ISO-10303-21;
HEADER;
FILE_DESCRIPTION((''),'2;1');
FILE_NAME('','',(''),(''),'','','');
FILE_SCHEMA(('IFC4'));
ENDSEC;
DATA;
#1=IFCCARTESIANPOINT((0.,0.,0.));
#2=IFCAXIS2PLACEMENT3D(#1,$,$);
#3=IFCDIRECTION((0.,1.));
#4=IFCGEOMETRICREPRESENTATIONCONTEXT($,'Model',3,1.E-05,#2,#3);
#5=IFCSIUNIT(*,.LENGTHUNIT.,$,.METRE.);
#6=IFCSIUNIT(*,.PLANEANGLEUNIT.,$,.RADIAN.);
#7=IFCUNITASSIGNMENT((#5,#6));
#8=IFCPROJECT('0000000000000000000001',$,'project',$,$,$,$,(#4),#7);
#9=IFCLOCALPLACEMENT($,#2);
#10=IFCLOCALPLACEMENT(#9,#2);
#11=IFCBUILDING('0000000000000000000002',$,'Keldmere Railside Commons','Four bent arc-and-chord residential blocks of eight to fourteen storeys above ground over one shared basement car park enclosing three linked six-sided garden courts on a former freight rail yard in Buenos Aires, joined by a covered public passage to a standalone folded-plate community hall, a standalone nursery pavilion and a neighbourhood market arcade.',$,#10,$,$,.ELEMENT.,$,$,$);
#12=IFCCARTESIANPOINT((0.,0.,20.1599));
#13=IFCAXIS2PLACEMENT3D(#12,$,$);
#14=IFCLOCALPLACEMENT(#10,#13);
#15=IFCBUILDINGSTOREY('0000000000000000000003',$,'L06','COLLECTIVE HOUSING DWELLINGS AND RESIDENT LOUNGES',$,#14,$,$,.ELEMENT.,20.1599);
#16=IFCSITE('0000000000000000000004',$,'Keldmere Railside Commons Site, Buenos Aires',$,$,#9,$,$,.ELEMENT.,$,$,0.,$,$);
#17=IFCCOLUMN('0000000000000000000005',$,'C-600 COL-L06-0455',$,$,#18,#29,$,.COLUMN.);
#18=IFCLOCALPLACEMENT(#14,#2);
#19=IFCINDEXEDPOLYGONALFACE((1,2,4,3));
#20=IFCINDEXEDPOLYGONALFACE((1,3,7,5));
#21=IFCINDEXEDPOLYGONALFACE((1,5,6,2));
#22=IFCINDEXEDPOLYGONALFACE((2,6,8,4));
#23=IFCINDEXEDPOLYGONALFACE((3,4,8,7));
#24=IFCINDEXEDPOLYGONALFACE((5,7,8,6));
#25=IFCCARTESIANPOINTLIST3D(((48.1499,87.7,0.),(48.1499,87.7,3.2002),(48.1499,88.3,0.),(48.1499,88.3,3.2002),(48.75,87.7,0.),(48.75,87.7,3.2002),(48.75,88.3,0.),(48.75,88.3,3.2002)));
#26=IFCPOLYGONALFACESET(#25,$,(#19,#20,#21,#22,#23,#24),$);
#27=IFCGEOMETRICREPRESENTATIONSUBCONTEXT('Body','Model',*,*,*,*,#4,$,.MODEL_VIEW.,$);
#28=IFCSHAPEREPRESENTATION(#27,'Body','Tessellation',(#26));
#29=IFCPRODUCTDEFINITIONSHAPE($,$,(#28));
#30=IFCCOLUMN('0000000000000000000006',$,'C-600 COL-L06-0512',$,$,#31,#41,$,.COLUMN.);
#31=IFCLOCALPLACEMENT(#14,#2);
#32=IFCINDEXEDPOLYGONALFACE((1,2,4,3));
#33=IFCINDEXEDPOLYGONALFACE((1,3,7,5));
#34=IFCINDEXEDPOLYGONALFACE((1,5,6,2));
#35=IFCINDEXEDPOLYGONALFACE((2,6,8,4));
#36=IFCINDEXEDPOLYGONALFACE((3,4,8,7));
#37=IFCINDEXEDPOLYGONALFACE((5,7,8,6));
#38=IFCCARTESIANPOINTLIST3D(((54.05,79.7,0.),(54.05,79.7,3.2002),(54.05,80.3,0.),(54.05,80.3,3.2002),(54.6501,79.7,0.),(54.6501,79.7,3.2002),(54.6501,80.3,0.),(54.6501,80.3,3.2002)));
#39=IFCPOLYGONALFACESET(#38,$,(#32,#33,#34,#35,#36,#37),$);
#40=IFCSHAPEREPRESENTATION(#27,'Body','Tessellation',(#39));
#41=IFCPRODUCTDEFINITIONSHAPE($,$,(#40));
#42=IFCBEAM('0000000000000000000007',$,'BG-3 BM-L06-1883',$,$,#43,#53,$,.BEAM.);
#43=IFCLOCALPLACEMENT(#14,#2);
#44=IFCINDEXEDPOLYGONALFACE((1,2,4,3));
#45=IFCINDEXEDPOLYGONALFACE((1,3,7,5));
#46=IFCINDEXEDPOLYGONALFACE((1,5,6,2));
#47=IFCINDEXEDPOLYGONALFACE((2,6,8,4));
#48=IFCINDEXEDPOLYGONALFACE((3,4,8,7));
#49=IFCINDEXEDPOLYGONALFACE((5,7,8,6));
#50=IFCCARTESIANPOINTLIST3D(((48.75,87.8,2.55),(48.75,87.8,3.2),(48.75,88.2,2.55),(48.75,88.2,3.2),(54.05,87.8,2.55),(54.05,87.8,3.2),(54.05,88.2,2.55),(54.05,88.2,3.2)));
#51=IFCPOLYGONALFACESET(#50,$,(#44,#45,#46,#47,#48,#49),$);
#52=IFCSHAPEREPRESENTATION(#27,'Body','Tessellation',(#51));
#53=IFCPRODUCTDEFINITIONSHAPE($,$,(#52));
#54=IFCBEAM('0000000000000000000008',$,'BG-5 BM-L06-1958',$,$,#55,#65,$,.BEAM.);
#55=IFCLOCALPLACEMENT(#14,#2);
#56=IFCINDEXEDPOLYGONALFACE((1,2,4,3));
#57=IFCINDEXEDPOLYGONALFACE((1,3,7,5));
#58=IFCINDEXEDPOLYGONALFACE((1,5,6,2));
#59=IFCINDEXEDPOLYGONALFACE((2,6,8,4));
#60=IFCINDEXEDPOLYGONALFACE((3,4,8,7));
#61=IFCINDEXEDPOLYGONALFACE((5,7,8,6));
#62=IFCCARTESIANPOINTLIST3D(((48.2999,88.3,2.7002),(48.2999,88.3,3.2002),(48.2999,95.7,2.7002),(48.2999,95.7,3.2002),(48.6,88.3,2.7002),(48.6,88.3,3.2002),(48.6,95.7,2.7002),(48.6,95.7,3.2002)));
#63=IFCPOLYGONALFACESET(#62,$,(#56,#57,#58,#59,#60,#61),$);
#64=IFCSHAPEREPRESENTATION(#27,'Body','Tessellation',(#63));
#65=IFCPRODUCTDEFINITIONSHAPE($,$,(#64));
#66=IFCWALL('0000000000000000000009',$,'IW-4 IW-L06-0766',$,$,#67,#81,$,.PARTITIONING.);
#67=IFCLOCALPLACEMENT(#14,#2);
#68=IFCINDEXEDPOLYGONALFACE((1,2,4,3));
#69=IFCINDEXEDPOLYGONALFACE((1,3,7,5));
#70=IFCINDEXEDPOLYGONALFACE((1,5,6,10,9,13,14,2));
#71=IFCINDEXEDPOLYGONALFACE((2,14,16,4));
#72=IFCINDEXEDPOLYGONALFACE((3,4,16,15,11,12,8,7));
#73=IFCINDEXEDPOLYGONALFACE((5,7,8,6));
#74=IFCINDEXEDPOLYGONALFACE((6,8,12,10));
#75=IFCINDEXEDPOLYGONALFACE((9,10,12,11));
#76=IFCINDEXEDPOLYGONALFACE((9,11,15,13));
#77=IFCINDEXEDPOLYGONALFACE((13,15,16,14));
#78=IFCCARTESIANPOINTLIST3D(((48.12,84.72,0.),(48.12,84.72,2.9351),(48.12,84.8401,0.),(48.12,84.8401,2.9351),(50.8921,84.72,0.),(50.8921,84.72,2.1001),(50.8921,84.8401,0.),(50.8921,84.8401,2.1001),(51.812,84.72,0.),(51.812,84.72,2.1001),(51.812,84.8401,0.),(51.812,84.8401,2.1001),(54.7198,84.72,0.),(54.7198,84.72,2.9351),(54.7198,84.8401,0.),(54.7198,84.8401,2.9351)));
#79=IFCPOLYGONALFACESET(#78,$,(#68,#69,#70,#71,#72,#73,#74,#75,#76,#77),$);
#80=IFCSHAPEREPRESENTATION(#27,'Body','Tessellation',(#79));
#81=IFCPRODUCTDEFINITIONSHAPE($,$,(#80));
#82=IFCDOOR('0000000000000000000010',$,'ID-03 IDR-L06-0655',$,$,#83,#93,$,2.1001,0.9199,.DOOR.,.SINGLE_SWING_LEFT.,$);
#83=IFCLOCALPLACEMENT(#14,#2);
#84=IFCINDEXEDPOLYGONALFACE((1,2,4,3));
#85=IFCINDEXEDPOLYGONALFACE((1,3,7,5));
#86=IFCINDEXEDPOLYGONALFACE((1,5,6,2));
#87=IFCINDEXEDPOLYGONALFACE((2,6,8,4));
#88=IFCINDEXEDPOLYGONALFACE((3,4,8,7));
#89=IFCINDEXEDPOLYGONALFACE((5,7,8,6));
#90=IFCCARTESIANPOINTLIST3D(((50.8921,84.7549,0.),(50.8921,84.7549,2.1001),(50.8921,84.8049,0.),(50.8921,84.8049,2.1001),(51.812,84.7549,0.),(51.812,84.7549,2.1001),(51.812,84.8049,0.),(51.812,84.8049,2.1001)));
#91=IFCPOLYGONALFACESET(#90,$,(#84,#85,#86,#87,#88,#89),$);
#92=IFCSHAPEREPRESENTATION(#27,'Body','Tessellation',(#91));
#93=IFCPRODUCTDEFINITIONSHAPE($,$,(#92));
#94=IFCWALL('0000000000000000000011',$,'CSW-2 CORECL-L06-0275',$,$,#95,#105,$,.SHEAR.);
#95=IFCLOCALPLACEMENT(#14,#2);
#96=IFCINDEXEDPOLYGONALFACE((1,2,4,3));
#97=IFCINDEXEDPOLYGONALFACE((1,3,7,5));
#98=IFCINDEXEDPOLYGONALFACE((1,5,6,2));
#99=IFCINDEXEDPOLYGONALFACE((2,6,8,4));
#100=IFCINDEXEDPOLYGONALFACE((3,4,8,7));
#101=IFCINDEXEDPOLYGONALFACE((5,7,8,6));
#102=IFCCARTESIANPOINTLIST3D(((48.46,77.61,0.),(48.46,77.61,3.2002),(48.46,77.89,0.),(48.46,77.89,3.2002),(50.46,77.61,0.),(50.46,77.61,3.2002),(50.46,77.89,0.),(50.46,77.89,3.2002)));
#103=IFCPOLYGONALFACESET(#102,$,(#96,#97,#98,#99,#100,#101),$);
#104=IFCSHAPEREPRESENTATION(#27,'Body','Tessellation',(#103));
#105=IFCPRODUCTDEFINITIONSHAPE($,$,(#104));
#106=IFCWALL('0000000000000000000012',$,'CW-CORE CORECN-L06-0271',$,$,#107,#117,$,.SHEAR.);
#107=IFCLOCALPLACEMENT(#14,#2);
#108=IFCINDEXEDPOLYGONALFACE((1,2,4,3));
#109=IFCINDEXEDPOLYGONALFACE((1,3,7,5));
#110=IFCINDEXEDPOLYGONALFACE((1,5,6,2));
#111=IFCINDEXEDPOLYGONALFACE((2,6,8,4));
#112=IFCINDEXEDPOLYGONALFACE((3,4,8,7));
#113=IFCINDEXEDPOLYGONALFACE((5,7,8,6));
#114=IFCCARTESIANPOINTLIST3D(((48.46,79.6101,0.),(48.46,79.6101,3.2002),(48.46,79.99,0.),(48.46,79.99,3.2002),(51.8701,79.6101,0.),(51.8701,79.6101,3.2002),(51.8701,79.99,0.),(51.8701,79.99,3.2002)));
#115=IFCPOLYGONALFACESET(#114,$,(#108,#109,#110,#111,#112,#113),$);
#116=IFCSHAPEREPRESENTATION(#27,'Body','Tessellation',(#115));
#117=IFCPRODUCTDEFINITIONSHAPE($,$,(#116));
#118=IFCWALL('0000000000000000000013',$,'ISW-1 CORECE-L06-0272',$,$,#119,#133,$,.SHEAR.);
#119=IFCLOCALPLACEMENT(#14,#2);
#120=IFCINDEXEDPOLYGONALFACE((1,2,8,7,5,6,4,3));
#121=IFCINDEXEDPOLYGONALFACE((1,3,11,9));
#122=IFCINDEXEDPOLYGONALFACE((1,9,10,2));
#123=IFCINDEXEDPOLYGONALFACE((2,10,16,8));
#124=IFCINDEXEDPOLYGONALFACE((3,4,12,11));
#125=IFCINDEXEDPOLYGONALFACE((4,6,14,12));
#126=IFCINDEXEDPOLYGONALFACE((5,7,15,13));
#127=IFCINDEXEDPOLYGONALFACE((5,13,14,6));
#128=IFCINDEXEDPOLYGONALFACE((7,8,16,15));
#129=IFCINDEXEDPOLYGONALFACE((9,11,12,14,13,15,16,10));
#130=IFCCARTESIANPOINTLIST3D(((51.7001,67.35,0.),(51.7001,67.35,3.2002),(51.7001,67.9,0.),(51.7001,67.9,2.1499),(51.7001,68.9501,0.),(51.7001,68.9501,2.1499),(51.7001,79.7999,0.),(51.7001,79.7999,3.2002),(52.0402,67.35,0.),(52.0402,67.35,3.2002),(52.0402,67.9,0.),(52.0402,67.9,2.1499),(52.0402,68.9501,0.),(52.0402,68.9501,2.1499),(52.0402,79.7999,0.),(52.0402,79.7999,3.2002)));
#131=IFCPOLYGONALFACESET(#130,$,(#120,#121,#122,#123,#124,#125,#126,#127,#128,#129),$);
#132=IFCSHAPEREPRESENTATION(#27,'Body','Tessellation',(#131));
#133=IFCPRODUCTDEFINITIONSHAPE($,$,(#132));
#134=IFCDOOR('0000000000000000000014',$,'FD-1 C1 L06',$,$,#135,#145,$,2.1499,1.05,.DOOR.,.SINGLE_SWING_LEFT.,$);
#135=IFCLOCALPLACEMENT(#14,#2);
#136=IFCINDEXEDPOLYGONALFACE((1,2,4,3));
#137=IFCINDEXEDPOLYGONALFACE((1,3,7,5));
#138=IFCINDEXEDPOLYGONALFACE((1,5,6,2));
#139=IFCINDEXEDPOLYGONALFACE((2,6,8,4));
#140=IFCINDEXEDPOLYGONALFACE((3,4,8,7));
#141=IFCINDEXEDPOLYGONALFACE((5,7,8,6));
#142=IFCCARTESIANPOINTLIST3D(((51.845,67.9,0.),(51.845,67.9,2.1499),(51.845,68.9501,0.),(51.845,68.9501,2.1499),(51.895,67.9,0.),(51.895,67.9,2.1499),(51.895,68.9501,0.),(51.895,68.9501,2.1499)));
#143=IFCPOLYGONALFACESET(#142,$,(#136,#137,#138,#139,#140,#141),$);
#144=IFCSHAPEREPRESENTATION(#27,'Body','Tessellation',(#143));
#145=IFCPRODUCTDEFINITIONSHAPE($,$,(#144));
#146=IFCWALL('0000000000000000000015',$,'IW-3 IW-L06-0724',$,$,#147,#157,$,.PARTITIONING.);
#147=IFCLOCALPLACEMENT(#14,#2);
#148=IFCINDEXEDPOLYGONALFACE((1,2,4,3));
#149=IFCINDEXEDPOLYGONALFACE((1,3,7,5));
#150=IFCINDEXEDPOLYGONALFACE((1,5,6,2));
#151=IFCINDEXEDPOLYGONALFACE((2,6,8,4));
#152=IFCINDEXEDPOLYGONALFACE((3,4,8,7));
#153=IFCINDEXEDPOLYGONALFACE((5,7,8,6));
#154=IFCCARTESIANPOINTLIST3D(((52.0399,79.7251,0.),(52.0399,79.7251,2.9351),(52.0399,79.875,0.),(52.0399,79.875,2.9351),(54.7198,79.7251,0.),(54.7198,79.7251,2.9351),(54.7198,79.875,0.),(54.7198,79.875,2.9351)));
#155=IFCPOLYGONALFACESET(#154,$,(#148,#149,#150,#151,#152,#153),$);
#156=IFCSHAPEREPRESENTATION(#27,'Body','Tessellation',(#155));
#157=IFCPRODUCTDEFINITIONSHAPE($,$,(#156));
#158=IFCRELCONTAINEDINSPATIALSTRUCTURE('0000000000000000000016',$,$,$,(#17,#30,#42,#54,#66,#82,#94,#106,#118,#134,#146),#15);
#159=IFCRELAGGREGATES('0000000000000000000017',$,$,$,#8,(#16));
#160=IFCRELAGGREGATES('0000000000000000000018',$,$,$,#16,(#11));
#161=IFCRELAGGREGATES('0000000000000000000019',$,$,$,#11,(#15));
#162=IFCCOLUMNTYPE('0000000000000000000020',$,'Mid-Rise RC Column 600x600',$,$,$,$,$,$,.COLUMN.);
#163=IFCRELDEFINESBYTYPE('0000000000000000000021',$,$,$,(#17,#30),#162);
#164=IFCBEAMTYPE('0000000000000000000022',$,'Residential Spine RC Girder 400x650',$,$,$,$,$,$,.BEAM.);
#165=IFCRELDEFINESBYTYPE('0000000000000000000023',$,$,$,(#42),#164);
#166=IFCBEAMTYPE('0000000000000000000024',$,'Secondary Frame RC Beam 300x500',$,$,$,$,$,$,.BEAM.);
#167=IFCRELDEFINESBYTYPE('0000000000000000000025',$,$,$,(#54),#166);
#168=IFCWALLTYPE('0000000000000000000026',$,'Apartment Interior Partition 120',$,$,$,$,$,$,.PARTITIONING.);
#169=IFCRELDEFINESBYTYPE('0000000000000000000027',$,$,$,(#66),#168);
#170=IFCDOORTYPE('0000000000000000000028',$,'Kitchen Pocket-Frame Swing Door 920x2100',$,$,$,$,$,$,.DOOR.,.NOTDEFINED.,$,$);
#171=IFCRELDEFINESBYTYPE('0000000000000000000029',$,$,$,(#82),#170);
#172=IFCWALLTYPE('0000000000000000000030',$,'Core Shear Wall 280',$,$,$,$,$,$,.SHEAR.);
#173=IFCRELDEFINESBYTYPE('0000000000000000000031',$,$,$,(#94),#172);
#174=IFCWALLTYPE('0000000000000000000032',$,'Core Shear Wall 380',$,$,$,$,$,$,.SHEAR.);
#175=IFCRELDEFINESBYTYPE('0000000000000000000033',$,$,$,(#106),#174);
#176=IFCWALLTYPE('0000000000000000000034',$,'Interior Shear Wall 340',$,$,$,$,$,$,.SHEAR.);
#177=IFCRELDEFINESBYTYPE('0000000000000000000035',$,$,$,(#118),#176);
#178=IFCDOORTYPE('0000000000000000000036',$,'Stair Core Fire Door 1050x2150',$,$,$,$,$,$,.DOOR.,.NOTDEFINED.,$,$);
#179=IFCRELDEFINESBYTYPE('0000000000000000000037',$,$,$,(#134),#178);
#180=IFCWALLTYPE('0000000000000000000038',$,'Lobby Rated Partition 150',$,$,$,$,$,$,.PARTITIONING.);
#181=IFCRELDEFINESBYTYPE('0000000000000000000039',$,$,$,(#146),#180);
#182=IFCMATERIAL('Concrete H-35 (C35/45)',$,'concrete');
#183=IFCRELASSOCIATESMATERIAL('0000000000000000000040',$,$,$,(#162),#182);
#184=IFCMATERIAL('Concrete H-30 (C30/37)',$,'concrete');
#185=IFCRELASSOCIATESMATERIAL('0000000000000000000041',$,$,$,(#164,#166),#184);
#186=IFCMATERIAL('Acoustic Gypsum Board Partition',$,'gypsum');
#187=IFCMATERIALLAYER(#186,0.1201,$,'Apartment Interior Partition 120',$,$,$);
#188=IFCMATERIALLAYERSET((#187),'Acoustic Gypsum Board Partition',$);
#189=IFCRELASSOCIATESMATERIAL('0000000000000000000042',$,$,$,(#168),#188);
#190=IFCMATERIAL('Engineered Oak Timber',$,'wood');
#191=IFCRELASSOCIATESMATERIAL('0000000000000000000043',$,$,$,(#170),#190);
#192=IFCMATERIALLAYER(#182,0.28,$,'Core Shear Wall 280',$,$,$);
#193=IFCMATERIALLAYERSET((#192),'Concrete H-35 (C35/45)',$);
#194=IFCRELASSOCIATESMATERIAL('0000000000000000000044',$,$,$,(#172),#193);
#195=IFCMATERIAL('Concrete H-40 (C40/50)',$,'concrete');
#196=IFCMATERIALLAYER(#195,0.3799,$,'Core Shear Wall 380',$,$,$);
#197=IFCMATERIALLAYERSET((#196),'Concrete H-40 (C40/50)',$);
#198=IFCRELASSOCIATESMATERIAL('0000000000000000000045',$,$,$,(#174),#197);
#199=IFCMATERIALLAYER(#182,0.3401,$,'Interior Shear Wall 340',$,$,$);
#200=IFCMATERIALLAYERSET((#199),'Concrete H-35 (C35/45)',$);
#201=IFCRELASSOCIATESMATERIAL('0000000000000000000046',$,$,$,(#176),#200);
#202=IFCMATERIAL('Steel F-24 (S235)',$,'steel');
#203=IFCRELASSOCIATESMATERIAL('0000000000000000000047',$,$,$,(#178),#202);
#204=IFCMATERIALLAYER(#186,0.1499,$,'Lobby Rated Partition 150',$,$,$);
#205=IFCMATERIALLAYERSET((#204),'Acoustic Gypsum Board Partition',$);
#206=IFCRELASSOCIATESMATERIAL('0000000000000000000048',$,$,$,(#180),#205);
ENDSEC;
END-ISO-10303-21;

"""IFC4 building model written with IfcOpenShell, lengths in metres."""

from ifc_helpers import new_model, si_unit, direction, frame, frame_2d, origin, origin_2d, place, context, subcontext, project, spatial, rectangle, extrude, material, layer, layer_set, material_profile, profile_set, type_object, element, fill, save


model = new_model("IFC4")

# Units and contexts
model_context = context("Model", 3, precision=1e-05, world=origin(), true_north=direction((0.0, 1.0)))
body_context = subcontext(model_context, "Body", "Model", "MODEL_VIEW")
ifc_project = project(units=[si_unit("LENGTHUNIT", "METRE"), si_unit("PLANEANGLEUNIT", "RADIAN")], contexts=[model_context])

# Site, building, storey
site_placement = place(None, origin())
site = spatial("IfcSite", under=ifc_project, at=site_placement, Name="Keldmere Railside Commons Site, Buenos Aires", CompositionType="ELEMENT", RefElevation=0.0)
building_placement = place(site_placement, origin())
building = spatial("IfcBuilding", under=site, at=building_placement, Name="Keldmere Railside Commons", Description="Four bent arc-and-chord residential blocks of eight to fourteen storeys above ground over one shared basement car park enclosing three linked six-sided garden courts on a former freight rail yard in Buenos Aires, joined by a covered public passage to a standalone folded-plate community hall, a standalone nursery pavilion and a neighbourhood market arcade.", CompositionType="ELEMENT")
storey_placement = place(building_placement, frame((0.0, 0.0, 20.1599)))
storey = spatial("IfcBuildingStorey", under=building, at=storey_placement, Name="L06", Description="COLLECTIVE HOUSING DWELLINGS AND RESIDENT LOUNGES", CompositionType="ELEMENT", Elevation=20.1599)

# Columns
ifc_material_1 = material(Name="Concrete H-35 (C35/45)", Category="concrete")
ifc_material_profile_1 = material_profile(ifc_material_1, rectangle(XDim=0.6001, YDim=0.6001, at=origin_2d()), Name="RC-600x600")
ifc_profile_set_1 = profile_set([ifc_material_profile_1], Name="Concrete H-35 (C35/45)")
column_type = type_object("IfcColumnType", Name="Mid-Rise RC Column 600x600", PredefinedType="COLUMN", material=ifc_profile_set_1)
for number, where, z_axis, x_axis, name in (
    (1, (48.45, 88.0, 0.0), (0.0, 0.0, 1.0), (1.0, 0.0, 0.0), "C-600 COL-L06-0455"),
    (2, (54.3501, 80.0, 0.0), (0.0, 0.0, 1.0), (1.0, 0.0, 0.0), "C-600 COL-L06-0512"),
):
    element("IfcColumn", number, at=place(storey_placement, frame(where, z_axis=z_axis, x_axis=x_axis)), inside=storey, type_object=column_type, Name=name, PredefinedType="COLUMN", context=body_context, shape_type="SweptSolid", body=[
        extrude(rectangle(XDim=0.6001, YDim=0.6001, at=origin_2d()), origin(), (0.0, 0.0, 1.0), 3.2002),
    ])

# Beams
ifc_material_2 = material(Name="Concrete H-30 (C30/37)", Category="concrete")
ifc_material_profile_2 = material_profile(ifc_material_2, rectangle(XDim=0.3999, YDim=0.6499, at=origin_2d()), Name="RC-400x650")
ifc_profile_set_2 = profile_set([ifc_material_profile_2], Name="Concrete H-30 (C30/37)")
beam_type_1 = type_object("IfcBeamType", Name="Residential Spine RC Girder 400x650", PredefinedType="BEAM", material=ifc_profile_set_2)
beam_1_placement = place(storey_placement, frame((48.75, 88.0, 2.875), z_axis=(1.0, 0.0, 0.0), x_axis=(0.0, 1.0, 0.0)))
element("IfcBeam", 3, at=beam_1_placement, inside=storey, type_object=beam_type_1, Name="BG-3 BM-L06-1883", PredefinedType="BEAM", context=body_context, shape_type="SweptSolid", body=[
    extrude(rectangle(XDim=0.3999, YDim=0.6499, at=origin_2d()), origin(), (0.0, 0.0, 1.0), 5.3),
])
ifc_material_profile_3 = material_profile(ifc_material_2, rectangle(XDim=0.3, YDim=0.5, at=origin_2d()), Name="RC-300x500")
ifc_profile_set_3 = profile_set([ifc_material_profile_3], Name="Concrete H-30 (C30/37)")
beam_type_2 = type_object("IfcBeamType", Name="Secondary Frame RC Beam 300x500", PredefinedType="BEAM", material=ifc_profile_set_3)
beam_2_placement = place(storey_placement, frame((48.45, 88.3, 2.9502), z_axis=(0.0, 1.0, 0.0), x_axis=(-1.0, 0.0, 0.0)))
element("IfcBeam", 4, at=beam_2_placement, inside=storey, type_object=beam_type_2, Name="BG-5 BM-L06-1958", PredefinedType="BEAM", context=body_context, shape_type="SweptSolid", body=[
    extrude(rectangle(XDim=0.3, YDim=0.5, at=origin_2d()), origin(), (0.0, 0.0, 1.0), 7.3999),
])

# Wall, opening, door
ifc_material_3 = material(Name="Acoustic Gypsum Board Partition", Category="gypsum")
ifc_layer_1 = layer(ifc_material_3, 0.1201, Name="Apartment Interior Partition 120")
ifc_layer_set_1 = layer_set([ifc_layer_1], Name="Acoustic Gypsum Board Partition")
wall_type_1 = type_object("IfcWallType", Name="Apartment Interior Partition 120", PredefinedType="PARTITIONING", material=ifc_layer_set_1)
wall_1_placement = place(storey_placement, frame((48.1201, 84.78, 0.0), z_axis=(0.0, 0.0, 1.0), x_axis=(1.0, 0.0, 0.0)))
wall_1 = element("IfcWall", 5, at=wall_1_placement, inside=storey, type_object=wall_type_1, Name="IW-4 IW-L06-0766", PredefinedType="PARTITIONING", context=body_context, shape_type="SweptSolid", body=[
    extrude(rectangle(XDim=6.5999, YDim=0.1201, at=frame_2d((3.2998, 0.0))), origin(), (0.0, 0.0, 1.0), 2.9351),
])
opening_1_placement = place(wall_1_placement, frame((2.772, 0.0, 0.0)))
opening_1 = element("IfcOpeningElement", 6, at=opening_1_placement, cuts=wall_1, PredefinedType="OPENING", context=body_context, shape_type="SweptSolid", body=[
    extrude(rectangle(XDim=0.9199, YDim=2.1001, at=frame_2d((0.46, 1.05))), frame((0.0, 0.0701, 0.0), z_axis=(0.0, -1.0, 0.0), x_axis=(1.0, 0.0, 0.0)), (0.0, 0.0, 1.0), 0.1401),
])
ifc_material_4 = material(Name="Engineered Oak Timber", Category="wood")
door_type_1 = type_object("IfcDoorType", Name="Kitchen Pocket-Frame Swing Door 920x2100", OperationType="NOTDEFINED", PredefinedType="DOOR", material=ifc_material_4)
door_1_placement = place(opening_1_placement, origin())
door_1 = element("IfcDoor", 7, at=door_1_placement, inside=storey, type_object=door_type_1, Name="ID-03 IDR-L06-0655", OperationType="SINGLE_SWING_LEFT", OverallHeight=2.1001, OverallWidth=0.9199, PredefinedType="DOOR", context=body_context, shape_type="SweptSolid", body=[
    extrude(rectangle(XDim=0.9199, YDim=2.1001, at=frame_2d((0.46, 1.05))), frame((0.0, 0.0249, 0.0), z_axis=(0.0, -1.0, 0.0), x_axis=(1.0, 0.0, 0.0)), (0.0, 0.0, 1.0), 0.05),
])
fill(opening_1, door_1)

# Walls
ifc_layer_2 = layer(ifc_material_1, 0.28, Name="Core Shear Wall 280")
ifc_layer_set_2 = layer_set([ifc_layer_2], Name="Concrete H-35 (C35/45)")
wall_type_2 = type_object("IfcWallType", Name="Core Shear Wall 280", PredefinedType="SHEAR", material=ifc_layer_set_2)
wall_2_placement = place(storey_placement, frame((48.46, 77.75, 0.0), z_axis=(0.0, 0.0, 1.0), x_axis=(1.0, 0.0, 0.0)))
element("IfcWall", 8, at=wall_2_placement, inside=storey, type_object=wall_type_2, Name="CSW-2 CORECL-L06-0275", PredefinedType="SHEAR", context=body_context, shape_type="SweptSolid", body=[
    extrude(rectangle(XDim=2.0, YDim=0.28, at=frame_2d((1.0, 0.0))), origin(), (0.0, 0.0, 1.0), 3.2002),
])
ifc_material_5 = material(Name="Concrete H-40 (C40/50)", Category="concrete")
ifc_layer_3 = layer(ifc_material_5, 0.3799, Name="Core Shear Wall 380")
ifc_layer_set_3 = layer_set([ifc_layer_3], Name="Concrete H-40 (C40/50)")
wall_type_3 = type_object("IfcWallType", Name="Core Shear Wall 380", PredefinedType="SHEAR", material=ifc_layer_set_3)
wall_3_placement = place(storey_placement, frame((48.46, 79.8, 0.0), z_axis=(0.0, 0.0, 1.0), x_axis=(1.0, 0.0, 0.0)))
element("IfcWall", 9, at=wall_3_placement, inside=storey, type_object=wall_type_3, Name="CW-CORE CORECN-L06-0271", PredefinedType="SHEAR", context=body_context, shape_type="SweptSolid", body=[
    extrude(rectangle(XDim=3.4102, YDim=0.3799, at=frame_2d((1.7051, 0.0))), origin(), (0.0, 0.0, 1.0), 3.2002),
])

# Wall, opening, door
ifc_layer_4 = layer(ifc_material_1, 0.3401, Name="Interior Shear Wall 340")
ifc_layer_set_4 = layer_set([ifc_layer_4], Name="Concrete H-35 (C35/45)")
wall_type_4 = type_object("IfcWallType", Name="Interior Shear Wall 340", PredefinedType="SHEAR", material=ifc_layer_set_4)
wall_4_placement = place(storey_placement, frame((51.8701, 79.8, 0.0), z_axis=(0.0, 0.0, 1.0), x_axis=(0.0, -1.0, 0.0)))
wall_4 = element("IfcWall", 10, at=wall_4_placement, inside=storey, type_object=wall_type_4, Name="ISW-1 CORECE-L06-0272", PredefinedType="SHEAR", context=body_context, shape_type="SweptSolid", body=[
    extrude(rectangle(XDim=12.45, YDim=0.3401, at=frame_2d((6.2251, 0.0))), origin(), (0.0, 0.0, 1.0), 3.2002),
])
opening_2_placement = place(wall_4_placement, frame((10.8501, 0.0, 0.0)))
opening_2 = element("IfcOpeningElement", 11, at=opening_2_placement, cuts=wall_4, PredefinedType="OPENING", context=body_context, shape_type="SweptSolid", body=[
    extrude(rectangle(XDim=1.05, YDim=2.1499, at=frame_2d((0.5249, 1.075))), frame((0.0, 0.1799, 0.0), z_axis=(0.0, -1.0, 0.0), x_axis=(1.0, 0.0, 0.0)), (0.0, 0.0, 1.0), 0.3601),
])
ifc_material_6 = material(Name="Steel F-24 (S235)", Category="steel")
door_type_2 = type_object("IfcDoorType", Name="Stair Core Fire Door 1050x2150", OperationType="NOTDEFINED", PredefinedType="DOOR", material=ifc_material_6)
door_2_placement = place(opening_2_placement, origin())
door_2 = element("IfcDoor", 12, at=door_2_placement, inside=storey, type_object=door_type_2, Name="FD-1 C1 L06", OperationType="SINGLE_SWING_LEFT", OverallHeight=2.1499, OverallWidth=1.05, PredefinedType="DOOR", context=body_context, shape_type="SweptSolid", body=[
    extrude(rectangle(XDim=1.05, YDim=2.1499, at=frame_2d((0.5249, 1.075))), frame((0.0, 0.0249, 0.0), z_axis=(0.0, -1.0, 0.0), x_axis=(1.0, 0.0, 0.0)), (0.0, 0.0, 1.0), 0.05),
])
fill(opening_2, door_2)

# Wall
ifc_layer_5 = layer(ifc_material_3, 0.1499, Name="Lobby Rated Partition 150")
ifc_layer_set_5 = layer_set([ifc_layer_5], Name="Acoustic Gypsum Board Partition")
wall_type_5 = type_object("IfcWallType", Name="Lobby Rated Partition 150", PredefinedType="PARTITIONING", material=ifc_layer_set_5)
wall_5_placement = place(storey_placement, frame((52.04, 79.8, 0.0), z_axis=(0.0, 0.0, 1.0), x_axis=(1.0, 0.0, 0.0)))
element("IfcWall", 13, at=wall_5_placement, inside=storey, type_object=wall_type_5, Name="IW-3 IW-L06-0724", PredefinedType="PARTITIONING", context=body_context, shape_type="SweptSolid", body=[
    extrude(rectangle(XDim=2.6799, YDim=0.1499, at=frame_2d((1.3398, 0.0))), origin(), (0.0, 0.0, 1.0), 2.9351),
])

save(model, "model.ifc")
